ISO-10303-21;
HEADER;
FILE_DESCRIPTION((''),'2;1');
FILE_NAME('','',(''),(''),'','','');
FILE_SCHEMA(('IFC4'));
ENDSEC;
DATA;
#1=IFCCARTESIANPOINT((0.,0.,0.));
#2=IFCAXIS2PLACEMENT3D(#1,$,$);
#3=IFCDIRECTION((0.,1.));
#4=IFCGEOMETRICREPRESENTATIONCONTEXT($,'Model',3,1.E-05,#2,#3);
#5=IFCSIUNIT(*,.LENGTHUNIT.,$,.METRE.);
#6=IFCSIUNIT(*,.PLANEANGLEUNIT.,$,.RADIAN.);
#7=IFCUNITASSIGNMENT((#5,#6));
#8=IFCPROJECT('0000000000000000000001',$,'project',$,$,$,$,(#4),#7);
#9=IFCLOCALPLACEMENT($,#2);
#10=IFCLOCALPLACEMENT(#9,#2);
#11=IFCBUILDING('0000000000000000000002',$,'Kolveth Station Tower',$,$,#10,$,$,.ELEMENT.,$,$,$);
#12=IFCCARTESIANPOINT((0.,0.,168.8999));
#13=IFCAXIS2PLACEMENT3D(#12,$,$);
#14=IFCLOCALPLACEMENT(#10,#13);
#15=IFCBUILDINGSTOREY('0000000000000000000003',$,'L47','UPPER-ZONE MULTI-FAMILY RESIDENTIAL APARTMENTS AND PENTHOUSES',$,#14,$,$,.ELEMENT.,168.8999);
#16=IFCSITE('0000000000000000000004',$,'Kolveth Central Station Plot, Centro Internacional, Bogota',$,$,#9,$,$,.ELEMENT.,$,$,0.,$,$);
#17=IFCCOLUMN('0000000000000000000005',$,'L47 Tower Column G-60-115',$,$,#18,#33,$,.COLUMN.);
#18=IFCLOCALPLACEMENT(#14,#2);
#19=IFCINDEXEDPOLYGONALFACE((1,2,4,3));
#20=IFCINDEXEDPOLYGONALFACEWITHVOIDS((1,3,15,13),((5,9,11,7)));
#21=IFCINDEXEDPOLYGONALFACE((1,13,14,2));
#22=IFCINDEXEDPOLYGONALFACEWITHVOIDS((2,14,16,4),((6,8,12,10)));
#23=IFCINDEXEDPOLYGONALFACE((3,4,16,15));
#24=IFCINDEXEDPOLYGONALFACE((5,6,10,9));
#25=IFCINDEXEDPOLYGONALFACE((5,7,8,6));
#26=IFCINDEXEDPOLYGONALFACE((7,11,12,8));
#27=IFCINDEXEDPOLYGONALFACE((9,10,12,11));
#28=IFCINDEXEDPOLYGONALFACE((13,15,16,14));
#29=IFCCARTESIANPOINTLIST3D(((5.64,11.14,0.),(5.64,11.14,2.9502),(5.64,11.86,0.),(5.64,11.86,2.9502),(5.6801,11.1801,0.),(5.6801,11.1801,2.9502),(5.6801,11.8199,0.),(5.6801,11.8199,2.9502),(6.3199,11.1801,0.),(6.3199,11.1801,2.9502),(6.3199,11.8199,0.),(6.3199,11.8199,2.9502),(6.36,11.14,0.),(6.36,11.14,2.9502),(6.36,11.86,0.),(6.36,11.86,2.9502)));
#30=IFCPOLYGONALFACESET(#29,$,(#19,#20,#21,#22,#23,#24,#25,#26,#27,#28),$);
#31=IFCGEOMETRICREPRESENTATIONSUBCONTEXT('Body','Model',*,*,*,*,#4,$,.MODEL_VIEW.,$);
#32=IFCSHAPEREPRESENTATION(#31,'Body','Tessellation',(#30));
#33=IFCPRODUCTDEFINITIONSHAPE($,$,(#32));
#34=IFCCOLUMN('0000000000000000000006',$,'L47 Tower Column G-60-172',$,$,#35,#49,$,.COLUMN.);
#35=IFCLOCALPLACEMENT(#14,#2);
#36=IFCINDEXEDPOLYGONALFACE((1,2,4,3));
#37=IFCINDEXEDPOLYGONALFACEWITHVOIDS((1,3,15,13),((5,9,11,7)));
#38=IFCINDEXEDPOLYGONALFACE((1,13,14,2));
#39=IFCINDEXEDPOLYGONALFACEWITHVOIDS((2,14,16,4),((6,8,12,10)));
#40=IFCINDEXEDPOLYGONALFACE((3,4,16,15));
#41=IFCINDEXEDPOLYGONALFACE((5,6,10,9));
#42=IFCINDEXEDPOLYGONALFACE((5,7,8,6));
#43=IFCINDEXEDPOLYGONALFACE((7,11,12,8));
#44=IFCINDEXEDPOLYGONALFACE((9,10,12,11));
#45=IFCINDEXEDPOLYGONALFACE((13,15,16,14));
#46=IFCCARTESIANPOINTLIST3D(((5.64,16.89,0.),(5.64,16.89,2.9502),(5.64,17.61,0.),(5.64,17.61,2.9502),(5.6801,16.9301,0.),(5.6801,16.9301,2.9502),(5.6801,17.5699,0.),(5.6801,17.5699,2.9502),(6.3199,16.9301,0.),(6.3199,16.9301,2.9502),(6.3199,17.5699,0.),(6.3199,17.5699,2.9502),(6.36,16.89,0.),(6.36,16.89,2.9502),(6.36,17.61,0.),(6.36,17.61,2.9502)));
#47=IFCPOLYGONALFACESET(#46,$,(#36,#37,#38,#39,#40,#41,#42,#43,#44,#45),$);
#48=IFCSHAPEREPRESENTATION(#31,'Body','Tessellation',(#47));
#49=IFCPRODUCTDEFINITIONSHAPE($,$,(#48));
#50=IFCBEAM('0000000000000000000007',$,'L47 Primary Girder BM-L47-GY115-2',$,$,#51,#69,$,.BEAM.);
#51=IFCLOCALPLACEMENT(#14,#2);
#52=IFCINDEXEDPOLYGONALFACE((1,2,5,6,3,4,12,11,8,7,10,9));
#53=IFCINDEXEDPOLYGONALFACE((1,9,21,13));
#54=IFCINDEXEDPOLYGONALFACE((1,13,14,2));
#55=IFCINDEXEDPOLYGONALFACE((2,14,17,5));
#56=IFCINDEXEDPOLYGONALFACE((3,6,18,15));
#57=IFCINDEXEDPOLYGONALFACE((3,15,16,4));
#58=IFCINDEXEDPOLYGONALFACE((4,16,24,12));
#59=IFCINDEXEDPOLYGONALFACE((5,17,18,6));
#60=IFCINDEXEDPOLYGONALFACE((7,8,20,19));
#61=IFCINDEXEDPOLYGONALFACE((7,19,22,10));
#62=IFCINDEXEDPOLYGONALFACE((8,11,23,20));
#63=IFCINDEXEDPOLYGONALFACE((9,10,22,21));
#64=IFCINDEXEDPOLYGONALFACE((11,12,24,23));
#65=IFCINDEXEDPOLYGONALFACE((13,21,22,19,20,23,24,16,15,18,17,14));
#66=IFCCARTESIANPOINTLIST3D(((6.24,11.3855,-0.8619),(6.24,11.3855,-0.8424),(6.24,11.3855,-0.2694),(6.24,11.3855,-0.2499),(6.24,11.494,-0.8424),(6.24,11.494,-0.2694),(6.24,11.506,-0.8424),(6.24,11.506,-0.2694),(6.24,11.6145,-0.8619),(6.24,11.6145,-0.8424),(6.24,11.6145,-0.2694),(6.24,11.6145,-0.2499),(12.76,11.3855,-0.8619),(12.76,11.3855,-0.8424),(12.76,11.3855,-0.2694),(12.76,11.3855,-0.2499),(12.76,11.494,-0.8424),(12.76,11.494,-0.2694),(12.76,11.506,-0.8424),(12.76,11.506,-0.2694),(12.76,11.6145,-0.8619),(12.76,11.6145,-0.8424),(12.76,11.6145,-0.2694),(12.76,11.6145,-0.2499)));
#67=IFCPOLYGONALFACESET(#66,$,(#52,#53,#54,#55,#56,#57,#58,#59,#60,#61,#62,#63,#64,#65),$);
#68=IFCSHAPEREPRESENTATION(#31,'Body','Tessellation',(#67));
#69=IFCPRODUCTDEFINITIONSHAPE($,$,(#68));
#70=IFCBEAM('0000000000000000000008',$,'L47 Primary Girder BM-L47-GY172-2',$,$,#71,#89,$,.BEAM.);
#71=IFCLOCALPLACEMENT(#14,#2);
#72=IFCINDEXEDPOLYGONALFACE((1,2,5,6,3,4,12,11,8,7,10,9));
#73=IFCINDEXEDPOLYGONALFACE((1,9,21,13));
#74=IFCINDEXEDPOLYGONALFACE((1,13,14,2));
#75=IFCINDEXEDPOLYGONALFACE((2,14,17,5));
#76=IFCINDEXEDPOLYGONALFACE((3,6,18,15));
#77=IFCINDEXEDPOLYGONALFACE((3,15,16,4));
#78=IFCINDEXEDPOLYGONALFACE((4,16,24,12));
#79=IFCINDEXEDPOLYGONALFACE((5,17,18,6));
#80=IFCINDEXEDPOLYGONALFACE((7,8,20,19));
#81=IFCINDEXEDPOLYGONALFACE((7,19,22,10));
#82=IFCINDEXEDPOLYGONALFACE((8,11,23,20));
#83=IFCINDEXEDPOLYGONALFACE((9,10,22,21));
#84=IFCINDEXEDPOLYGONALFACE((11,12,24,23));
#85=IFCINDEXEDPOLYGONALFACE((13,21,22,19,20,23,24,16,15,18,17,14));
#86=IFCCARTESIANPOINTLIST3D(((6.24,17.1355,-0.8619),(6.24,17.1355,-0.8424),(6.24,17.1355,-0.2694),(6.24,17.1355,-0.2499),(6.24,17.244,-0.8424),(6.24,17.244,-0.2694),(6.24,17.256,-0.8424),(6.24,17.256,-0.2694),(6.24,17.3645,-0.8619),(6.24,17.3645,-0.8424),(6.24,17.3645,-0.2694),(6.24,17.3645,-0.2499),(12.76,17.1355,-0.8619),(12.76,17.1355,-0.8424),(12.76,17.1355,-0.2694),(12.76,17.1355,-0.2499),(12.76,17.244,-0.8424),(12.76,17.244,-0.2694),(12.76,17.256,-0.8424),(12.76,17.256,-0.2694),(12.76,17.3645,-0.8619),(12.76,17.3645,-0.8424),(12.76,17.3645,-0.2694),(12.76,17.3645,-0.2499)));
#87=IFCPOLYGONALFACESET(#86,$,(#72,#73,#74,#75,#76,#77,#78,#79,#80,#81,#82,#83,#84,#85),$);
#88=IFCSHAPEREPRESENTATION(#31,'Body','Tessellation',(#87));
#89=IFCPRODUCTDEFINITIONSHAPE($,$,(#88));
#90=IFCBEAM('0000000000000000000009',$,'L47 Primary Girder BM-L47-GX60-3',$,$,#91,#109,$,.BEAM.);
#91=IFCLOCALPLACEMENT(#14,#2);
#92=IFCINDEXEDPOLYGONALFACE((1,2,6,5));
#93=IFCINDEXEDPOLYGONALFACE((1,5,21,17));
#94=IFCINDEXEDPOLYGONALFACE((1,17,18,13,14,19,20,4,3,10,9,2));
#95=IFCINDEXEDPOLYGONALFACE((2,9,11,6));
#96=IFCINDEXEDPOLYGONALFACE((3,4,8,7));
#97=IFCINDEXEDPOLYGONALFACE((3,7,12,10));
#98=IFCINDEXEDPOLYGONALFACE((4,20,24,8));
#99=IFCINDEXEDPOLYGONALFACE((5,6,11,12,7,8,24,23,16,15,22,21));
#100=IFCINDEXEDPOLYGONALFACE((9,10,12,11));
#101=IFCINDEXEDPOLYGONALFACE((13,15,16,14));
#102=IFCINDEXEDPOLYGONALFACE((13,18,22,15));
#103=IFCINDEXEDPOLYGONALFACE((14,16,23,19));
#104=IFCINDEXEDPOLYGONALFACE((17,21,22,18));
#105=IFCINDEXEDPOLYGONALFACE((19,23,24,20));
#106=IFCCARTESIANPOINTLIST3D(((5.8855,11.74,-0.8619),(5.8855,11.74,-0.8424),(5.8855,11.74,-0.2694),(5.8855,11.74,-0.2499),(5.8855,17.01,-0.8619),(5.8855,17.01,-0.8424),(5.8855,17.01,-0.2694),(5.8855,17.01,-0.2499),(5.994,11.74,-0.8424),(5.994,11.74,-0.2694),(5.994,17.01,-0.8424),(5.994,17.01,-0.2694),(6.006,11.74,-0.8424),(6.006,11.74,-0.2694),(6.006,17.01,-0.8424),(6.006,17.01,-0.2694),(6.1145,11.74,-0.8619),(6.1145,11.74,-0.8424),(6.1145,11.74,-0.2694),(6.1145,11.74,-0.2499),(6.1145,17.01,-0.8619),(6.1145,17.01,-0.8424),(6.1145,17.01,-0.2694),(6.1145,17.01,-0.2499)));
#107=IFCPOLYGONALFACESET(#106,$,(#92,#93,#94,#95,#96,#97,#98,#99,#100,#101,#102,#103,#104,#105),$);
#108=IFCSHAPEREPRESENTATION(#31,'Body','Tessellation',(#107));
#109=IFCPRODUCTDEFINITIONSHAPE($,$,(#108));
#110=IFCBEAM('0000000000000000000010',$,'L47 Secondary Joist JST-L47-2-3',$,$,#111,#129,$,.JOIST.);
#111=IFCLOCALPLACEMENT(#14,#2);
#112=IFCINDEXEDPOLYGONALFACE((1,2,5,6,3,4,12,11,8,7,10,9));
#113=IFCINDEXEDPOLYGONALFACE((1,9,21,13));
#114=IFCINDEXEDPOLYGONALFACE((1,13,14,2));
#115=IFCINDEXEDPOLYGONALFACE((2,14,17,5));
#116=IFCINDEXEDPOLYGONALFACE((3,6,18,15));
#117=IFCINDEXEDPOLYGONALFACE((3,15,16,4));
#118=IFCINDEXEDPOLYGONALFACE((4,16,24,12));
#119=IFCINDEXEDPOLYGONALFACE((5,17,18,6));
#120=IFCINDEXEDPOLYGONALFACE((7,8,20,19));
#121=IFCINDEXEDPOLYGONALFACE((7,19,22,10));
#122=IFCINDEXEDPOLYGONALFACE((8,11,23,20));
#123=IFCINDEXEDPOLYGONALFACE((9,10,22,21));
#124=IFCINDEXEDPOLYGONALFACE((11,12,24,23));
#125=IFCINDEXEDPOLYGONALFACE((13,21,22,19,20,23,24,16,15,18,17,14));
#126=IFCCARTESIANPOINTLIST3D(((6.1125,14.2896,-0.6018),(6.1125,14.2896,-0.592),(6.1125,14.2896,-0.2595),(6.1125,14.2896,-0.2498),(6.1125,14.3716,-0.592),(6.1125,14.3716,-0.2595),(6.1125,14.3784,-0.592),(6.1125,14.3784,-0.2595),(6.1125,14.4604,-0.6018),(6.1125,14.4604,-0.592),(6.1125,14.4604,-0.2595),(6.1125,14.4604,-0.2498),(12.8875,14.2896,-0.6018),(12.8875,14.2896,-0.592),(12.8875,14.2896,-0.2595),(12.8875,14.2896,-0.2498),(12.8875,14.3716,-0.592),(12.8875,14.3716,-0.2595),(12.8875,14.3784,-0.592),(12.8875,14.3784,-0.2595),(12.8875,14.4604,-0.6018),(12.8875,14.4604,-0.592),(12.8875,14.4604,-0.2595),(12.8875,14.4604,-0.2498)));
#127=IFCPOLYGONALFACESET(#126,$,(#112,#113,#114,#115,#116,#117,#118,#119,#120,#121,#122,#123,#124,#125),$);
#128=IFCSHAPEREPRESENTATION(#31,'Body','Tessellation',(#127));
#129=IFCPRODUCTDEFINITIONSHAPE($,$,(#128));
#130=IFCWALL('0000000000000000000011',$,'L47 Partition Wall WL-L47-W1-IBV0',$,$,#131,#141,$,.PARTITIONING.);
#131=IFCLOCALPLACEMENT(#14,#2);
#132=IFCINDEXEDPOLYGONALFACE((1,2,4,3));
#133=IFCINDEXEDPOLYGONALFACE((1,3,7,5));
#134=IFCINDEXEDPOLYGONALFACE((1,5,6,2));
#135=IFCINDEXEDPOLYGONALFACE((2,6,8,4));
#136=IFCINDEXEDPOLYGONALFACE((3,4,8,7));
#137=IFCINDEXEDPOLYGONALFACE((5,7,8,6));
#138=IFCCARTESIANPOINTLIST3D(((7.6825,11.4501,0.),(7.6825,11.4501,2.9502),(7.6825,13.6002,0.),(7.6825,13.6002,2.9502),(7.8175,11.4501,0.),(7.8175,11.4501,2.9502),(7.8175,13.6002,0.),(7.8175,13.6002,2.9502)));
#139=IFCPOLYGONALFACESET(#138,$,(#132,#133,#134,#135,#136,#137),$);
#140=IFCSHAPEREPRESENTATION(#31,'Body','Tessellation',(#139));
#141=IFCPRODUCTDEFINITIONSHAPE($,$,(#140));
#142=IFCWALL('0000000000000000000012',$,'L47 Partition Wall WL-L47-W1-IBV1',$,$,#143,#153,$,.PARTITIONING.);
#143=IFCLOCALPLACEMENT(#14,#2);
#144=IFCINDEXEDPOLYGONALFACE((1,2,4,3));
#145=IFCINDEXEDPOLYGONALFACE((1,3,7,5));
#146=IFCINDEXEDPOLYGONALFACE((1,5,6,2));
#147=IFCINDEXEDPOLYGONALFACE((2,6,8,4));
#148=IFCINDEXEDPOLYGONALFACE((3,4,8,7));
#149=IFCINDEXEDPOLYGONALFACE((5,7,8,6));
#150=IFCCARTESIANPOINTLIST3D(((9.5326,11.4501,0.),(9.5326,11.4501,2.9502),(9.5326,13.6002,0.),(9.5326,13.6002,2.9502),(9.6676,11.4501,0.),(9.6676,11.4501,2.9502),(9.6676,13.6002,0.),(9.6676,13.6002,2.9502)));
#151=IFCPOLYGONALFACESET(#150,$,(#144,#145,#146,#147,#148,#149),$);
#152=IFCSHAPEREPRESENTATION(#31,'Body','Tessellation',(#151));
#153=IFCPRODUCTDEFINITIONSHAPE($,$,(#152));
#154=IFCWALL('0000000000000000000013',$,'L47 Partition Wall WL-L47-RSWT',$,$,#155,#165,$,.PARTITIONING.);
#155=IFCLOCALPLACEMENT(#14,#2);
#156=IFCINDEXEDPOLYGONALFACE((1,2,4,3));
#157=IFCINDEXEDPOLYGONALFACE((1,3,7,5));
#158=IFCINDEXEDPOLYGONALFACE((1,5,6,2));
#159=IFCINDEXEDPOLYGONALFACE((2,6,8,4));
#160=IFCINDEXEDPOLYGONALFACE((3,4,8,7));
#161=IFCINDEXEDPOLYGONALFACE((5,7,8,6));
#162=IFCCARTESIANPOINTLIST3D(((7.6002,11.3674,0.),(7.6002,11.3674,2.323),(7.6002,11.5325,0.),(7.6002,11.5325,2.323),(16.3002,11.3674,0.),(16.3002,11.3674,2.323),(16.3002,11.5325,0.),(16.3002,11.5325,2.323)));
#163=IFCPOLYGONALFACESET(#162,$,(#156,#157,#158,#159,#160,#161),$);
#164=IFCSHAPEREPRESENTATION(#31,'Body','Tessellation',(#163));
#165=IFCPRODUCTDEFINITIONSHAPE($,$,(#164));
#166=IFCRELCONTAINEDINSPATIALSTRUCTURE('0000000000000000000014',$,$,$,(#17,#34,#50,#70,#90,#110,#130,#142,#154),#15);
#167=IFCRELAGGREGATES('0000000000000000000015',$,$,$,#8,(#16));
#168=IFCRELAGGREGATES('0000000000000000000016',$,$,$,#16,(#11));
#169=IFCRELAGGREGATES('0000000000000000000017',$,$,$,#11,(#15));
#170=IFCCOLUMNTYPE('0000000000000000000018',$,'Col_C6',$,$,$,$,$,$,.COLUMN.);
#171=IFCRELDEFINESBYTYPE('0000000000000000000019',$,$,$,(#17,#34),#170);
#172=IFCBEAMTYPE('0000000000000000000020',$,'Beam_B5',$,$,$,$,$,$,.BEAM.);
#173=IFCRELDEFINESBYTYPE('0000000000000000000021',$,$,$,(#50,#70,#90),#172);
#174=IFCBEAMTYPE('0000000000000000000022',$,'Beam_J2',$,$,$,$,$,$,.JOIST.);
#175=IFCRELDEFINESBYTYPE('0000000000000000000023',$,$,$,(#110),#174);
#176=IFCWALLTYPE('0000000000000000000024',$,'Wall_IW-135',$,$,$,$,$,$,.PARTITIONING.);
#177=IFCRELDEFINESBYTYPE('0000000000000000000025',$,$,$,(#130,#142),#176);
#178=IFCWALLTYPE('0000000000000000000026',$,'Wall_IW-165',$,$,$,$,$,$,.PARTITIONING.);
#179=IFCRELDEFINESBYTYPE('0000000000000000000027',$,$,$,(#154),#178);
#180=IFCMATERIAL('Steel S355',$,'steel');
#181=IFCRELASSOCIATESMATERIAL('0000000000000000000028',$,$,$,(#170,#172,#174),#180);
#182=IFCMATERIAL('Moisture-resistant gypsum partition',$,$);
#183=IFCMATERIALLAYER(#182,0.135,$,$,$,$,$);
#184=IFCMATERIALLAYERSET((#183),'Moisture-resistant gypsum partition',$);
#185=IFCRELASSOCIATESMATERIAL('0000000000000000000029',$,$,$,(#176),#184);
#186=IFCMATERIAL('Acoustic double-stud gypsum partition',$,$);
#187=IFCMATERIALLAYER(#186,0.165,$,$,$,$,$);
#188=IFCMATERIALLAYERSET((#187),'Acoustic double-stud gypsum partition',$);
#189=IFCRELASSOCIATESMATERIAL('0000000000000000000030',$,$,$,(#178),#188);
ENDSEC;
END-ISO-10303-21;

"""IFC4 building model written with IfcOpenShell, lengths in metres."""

from ifc_helpers import new_model, si_unit, direction, frame, frame_2d, origin, origin_2d, place, context, subcontext, project, spatial, rectangle, hollow_rectangle, i_section, extrude, source, transform, mapped, material, layer, layer_set, material_profile, profile_set, type_object, element, save


model = new_model("IFC4")

# Units and contexts
model_context = context("Model", 3, precision=1e-05, world=origin(), true_north=direction((0.0, 1.0)))
body_context = subcontext(model_context, "Body", "Model", "MODEL_VIEW")
ifc_project = project(units=[si_unit("LENGTHUNIT", "METRE"), si_unit("PLANEANGLEUNIT", "RADIAN")], contexts=[model_context])

# Site, building, storey
site_placement = place(None, origin())
site = spatial("IfcSite", under=ifc_project, at=site_placement, Name="Kolveth Central Station Plot, Centro Internacional, Bogota", CompositionType="ELEMENT", RefElevation=0.0)
building_placement = place(site_placement, origin())
building = spatial("IfcBuilding", under=site, at=building_placement, Name="Kolveth Station Tower", CompositionType="ELEMENT")
storey_placement = place(building_placement, frame((0.0, 0.0, 168.8999)))
storey = spatial("IfcBuildingStorey", under=building, at=storey_placement, Name="L47", Description="UPPER-ZONE MULTI-FAMILY RESIDENTIAL APARTMENTS AND PENTHOUSES", CompositionType="ELEMENT", Elevation=168.8999)

# Columns
ifc_material_1 = material(Name="Steel S355", Category="steel")
ifc_material_profile_1 = material_profile(ifc_material_1, hollow_rectangle(XDim=0.72, YDim=0.72, WallThickness=0.04, at=origin_2d()), Name="BOX720x720x40")
ifc_profile_set_1 = profile_set([ifc_material_profile_1], Name="Steel S355")
column_type = type_object("IfcColumnType", Name="Col_C6", PredefinedType="COLUMN", material=ifc_profile_set_1)
shared_shape_1 = source(origin(), body_context, "Body", "SweptSolid", [
    extrude(hollow_rectangle(XDim=0.72, YDim=0.72, WallThickness=0.04, at=origin_2d()), origin(), (0.0, 0.0, 1.0), 2.9502),
])
for number, where, z_axis, x_axis, name in (
    (1, (6.0, 11.5, 0.0), (0.0, 0.0, 1.0), (1.0, 0.0, 0.0), "L47 Tower Column G-60-115"),
    (2, (6.0, 17.25, 0.0), (0.0, 0.0, 1.0), (1.0, 0.0, 0.0), "L47 Tower Column G-60-172"),
):
    element("IfcColumn", number, at=place(storey_placement, frame(where, z_axis=z_axis, x_axis=x_axis)), inside=storey, type_object=column_type, Name=name, PredefinedType="COLUMN", context=body_context, shape_type="MappedRepresentation", body=[
        mapped(shared_shape_1, transform((0.0, 0.0, 0.0), x_axis=(1.0, 0.0, 0.0), y_axis=(0.0, 1.0, 0.0), z_axis=(0.0, 0.0, 1.0), scale=1.0)),
    ])

# Beams
ifc_material_profile_2 = material_profile(ifc_material_1, i_section(OverallWidth=0.229, OverallDepth=0.6121, WebThickness=0.012, FlangeThickness=0.0195, at=origin_2d()), Name="W610x125")
ifc_profile_set_2 = profile_set([ifc_material_profile_2], Name="Steel S355")
beam_type_1 = type_object("IfcBeamType", Name="Beam_B5", PredefinedType="BEAM", material=ifc_profile_set_2)
shared_shape_2 = source(origin(), body_context, "Body", "SweptSolid", [
    extrude(i_section(OverallWidth=0.229, OverallDepth=0.6121, WebThickness=0.012, FlangeThickness=0.0195, at=origin_2d()), origin(), (0.0, 0.0, 1.0), 6.52),
])
for number, where, z_axis, x_axis, name in (
    (3, (6.24, 11.5, -0.5559), (1.0, 0.0, 0.0), (0.0, 1.0, 0.0), "L47 Primary Girder BM-L47-GY115-2"),
    (4, (6.24, 17.25, -0.5559), (1.0, 0.0, 0.0), (0.0, 1.0, 0.0), "L47 Primary Girder BM-L47-GY172-2"),
):
    element("IfcBeam", number, at=place(storey_placement, frame(where, z_axis=z_axis, x_axis=x_axis)), inside=storey, type_object=beam_type_1, Name=name, PredefinedType="BEAM", context=body_context, shape_type="MappedRepresentation", body=[
        mapped(shared_shape_2, transform((0.0, 0.0, 0.0), x_axis=(1.0, 0.0, 0.0), y_axis=(0.0, 1.0, 0.0), z_axis=(0.0, 0.0, 1.0), scale=1.0)),
    ])
shared_shape_3 = source(origin(), body_context, "Body", "SweptSolid", [
    extrude(i_section(OverallWidth=0.229, OverallDepth=0.6121, WebThickness=0.012, FlangeThickness=0.0195, at=origin_2d()), origin(), (0.0, 0.0, 1.0), 5.27),
])
beam_1_placement = place(storey_placement, frame((6.0, 11.74, -0.5559), z_axis=(0.0, 1.0, 0.0), x_axis=(-1.0, 0.0, 0.0)))
element("IfcBeam", 5, at=beam_1_placement, inside=storey, type_object=beam_type_1, Name="L47 Primary Girder BM-L47-GX60-3", PredefinedType="BEAM", context=body_context, shape_type="MappedRepresentation", body=[
    mapped(shared_shape_3, transform((0.0, 0.0, 0.0), x_axis=(1.0, 0.0, 0.0), y_axis=(0.0, 1.0, 0.0), z_axis=(0.0, 0.0, 1.0), scale=1.0)),
])
ifc_material_profile_3 = material_profile(ifc_material_1, i_section(OverallWidth=0.1709, OverallDepth=0.3521, WebThickness=0.0068, FlangeThickness=0.0098, at=origin_2d()), Name="W360x44")
ifc_profile_set_3 = profile_set([ifc_material_profile_3], Name="Steel S355")
beam_type_2 = type_object("IfcBeamType", Name="Beam_J2", PredefinedType="JOIST", material=ifc_profile_set_3)
shared_shape_4 = source(origin(), body_context, "Body", "SweptSolid", [
    extrude(i_section(OverallWidth=0.1709, OverallDepth=0.3521, WebThickness=0.0068, FlangeThickness=0.0098, at=origin_2d()), origin(), (0.0, 0.0, 1.0), 6.7749),
])
beam_2_placement = place(storey_placement, frame((6.1125, 14.375, -0.4258), z_axis=(1.0, 0.0, 0.0), x_axis=(0.0, 1.0, 0.0)))
element("IfcBeam", 6, at=beam_2_placement, inside=storey, type_object=beam_type_2, Name="L47 Secondary Joist JST-L47-2-3", PredefinedType="JOIST", context=body_context, shape_type="MappedRepresentation", body=[
    mapped(shared_shape_4, transform((0.0, 0.0, 0.0), x_axis=(1.0, 0.0, 0.0), y_axis=(0.0, 1.0, 0.0), z_axis=(0.0, 0.0, 1.0), scale=1.0)),
])

# Shared definitions
ifc_material_2 = material(Name="Moisture-resistant gypsum partition")
ifc_layer_1 = layer(ifc_material_2, 0.135)
ifc_layer_set_1 = layer_set([ifc_layer_1], Name="Moisture-resistant gypsum partition")
wall_type_1 = type_object("IfcWallType", Name="Wall_IW-135", PredefinedType="PARTITIONING", material=ifc_layer_set_1)

# Walls
for number, where, z_axis, x_axis, name in (
    (7, (7.75, 11.45, 0.0), (0.0, 0.0, 1.0), (0.0, 1.0, 0.0), "L47 Partition Wall WL-L47-W1-IBV0"),
    (8, (9.6001, 11.45, 0.0), (0.0, 0.0, 1.0), (0.0, 1.0, 0.0), "L47 Partition Wall WL-L47-W1-IBV1"),
):
    element("IfcWall", number, at=place(storey_placement, frame(where, z_axis=z_axis, x_axis=x_axis)), inside=storey, type_object=wall_type_1, Name=name, PredefinedType="PARTITIONING", context=body_context, shape_type="SweptSolid", body=[
        extrude(rectangle(XDim=2.1501, YDim=0.135, at=frame_2d((1.0752, 0.0))), origin(), (0.0, 0.0, 1.0), 2.9502),
    ])
ifc_material_3 = material(Name="Acoustic double-stud gypsum partition")
ifc_layer_2 = layer(ifc_material_3, 0.165)
ifc_layer_set_2 = layer_set([ifc_layer_2], Name="Acoustic double-stud gypsum partition")
wall_type_2 = type_object("IfcWallType", Name="Wall_IW-165", PredefinedType="PARTITIONING", material=ifc_layer_set_2)
wall_1_placement = place(storey_placement, frame((7.6001, 11.45, 0.0), z_axis=(0.0, 0.0, 1.0), x_axis=(1.0, 0.0, 0.0)))
element("IfcWall", 9, at=wall_1_placement, inside=storey, type_object=wall_type_2, Name="L47 Partition Wall WL-L47-RSWT", PredefinedType="PARTITIONING", context=body_context, shape_type="SweptSolid", body=[
    extrude(rectangle(XDim=8.7, YDim=0.165, at=frame_2d((4.3501, 0.0))), origin(), (0.0, 0.0, 1.0), 2.323),
])

save(model, "model.ifc")
